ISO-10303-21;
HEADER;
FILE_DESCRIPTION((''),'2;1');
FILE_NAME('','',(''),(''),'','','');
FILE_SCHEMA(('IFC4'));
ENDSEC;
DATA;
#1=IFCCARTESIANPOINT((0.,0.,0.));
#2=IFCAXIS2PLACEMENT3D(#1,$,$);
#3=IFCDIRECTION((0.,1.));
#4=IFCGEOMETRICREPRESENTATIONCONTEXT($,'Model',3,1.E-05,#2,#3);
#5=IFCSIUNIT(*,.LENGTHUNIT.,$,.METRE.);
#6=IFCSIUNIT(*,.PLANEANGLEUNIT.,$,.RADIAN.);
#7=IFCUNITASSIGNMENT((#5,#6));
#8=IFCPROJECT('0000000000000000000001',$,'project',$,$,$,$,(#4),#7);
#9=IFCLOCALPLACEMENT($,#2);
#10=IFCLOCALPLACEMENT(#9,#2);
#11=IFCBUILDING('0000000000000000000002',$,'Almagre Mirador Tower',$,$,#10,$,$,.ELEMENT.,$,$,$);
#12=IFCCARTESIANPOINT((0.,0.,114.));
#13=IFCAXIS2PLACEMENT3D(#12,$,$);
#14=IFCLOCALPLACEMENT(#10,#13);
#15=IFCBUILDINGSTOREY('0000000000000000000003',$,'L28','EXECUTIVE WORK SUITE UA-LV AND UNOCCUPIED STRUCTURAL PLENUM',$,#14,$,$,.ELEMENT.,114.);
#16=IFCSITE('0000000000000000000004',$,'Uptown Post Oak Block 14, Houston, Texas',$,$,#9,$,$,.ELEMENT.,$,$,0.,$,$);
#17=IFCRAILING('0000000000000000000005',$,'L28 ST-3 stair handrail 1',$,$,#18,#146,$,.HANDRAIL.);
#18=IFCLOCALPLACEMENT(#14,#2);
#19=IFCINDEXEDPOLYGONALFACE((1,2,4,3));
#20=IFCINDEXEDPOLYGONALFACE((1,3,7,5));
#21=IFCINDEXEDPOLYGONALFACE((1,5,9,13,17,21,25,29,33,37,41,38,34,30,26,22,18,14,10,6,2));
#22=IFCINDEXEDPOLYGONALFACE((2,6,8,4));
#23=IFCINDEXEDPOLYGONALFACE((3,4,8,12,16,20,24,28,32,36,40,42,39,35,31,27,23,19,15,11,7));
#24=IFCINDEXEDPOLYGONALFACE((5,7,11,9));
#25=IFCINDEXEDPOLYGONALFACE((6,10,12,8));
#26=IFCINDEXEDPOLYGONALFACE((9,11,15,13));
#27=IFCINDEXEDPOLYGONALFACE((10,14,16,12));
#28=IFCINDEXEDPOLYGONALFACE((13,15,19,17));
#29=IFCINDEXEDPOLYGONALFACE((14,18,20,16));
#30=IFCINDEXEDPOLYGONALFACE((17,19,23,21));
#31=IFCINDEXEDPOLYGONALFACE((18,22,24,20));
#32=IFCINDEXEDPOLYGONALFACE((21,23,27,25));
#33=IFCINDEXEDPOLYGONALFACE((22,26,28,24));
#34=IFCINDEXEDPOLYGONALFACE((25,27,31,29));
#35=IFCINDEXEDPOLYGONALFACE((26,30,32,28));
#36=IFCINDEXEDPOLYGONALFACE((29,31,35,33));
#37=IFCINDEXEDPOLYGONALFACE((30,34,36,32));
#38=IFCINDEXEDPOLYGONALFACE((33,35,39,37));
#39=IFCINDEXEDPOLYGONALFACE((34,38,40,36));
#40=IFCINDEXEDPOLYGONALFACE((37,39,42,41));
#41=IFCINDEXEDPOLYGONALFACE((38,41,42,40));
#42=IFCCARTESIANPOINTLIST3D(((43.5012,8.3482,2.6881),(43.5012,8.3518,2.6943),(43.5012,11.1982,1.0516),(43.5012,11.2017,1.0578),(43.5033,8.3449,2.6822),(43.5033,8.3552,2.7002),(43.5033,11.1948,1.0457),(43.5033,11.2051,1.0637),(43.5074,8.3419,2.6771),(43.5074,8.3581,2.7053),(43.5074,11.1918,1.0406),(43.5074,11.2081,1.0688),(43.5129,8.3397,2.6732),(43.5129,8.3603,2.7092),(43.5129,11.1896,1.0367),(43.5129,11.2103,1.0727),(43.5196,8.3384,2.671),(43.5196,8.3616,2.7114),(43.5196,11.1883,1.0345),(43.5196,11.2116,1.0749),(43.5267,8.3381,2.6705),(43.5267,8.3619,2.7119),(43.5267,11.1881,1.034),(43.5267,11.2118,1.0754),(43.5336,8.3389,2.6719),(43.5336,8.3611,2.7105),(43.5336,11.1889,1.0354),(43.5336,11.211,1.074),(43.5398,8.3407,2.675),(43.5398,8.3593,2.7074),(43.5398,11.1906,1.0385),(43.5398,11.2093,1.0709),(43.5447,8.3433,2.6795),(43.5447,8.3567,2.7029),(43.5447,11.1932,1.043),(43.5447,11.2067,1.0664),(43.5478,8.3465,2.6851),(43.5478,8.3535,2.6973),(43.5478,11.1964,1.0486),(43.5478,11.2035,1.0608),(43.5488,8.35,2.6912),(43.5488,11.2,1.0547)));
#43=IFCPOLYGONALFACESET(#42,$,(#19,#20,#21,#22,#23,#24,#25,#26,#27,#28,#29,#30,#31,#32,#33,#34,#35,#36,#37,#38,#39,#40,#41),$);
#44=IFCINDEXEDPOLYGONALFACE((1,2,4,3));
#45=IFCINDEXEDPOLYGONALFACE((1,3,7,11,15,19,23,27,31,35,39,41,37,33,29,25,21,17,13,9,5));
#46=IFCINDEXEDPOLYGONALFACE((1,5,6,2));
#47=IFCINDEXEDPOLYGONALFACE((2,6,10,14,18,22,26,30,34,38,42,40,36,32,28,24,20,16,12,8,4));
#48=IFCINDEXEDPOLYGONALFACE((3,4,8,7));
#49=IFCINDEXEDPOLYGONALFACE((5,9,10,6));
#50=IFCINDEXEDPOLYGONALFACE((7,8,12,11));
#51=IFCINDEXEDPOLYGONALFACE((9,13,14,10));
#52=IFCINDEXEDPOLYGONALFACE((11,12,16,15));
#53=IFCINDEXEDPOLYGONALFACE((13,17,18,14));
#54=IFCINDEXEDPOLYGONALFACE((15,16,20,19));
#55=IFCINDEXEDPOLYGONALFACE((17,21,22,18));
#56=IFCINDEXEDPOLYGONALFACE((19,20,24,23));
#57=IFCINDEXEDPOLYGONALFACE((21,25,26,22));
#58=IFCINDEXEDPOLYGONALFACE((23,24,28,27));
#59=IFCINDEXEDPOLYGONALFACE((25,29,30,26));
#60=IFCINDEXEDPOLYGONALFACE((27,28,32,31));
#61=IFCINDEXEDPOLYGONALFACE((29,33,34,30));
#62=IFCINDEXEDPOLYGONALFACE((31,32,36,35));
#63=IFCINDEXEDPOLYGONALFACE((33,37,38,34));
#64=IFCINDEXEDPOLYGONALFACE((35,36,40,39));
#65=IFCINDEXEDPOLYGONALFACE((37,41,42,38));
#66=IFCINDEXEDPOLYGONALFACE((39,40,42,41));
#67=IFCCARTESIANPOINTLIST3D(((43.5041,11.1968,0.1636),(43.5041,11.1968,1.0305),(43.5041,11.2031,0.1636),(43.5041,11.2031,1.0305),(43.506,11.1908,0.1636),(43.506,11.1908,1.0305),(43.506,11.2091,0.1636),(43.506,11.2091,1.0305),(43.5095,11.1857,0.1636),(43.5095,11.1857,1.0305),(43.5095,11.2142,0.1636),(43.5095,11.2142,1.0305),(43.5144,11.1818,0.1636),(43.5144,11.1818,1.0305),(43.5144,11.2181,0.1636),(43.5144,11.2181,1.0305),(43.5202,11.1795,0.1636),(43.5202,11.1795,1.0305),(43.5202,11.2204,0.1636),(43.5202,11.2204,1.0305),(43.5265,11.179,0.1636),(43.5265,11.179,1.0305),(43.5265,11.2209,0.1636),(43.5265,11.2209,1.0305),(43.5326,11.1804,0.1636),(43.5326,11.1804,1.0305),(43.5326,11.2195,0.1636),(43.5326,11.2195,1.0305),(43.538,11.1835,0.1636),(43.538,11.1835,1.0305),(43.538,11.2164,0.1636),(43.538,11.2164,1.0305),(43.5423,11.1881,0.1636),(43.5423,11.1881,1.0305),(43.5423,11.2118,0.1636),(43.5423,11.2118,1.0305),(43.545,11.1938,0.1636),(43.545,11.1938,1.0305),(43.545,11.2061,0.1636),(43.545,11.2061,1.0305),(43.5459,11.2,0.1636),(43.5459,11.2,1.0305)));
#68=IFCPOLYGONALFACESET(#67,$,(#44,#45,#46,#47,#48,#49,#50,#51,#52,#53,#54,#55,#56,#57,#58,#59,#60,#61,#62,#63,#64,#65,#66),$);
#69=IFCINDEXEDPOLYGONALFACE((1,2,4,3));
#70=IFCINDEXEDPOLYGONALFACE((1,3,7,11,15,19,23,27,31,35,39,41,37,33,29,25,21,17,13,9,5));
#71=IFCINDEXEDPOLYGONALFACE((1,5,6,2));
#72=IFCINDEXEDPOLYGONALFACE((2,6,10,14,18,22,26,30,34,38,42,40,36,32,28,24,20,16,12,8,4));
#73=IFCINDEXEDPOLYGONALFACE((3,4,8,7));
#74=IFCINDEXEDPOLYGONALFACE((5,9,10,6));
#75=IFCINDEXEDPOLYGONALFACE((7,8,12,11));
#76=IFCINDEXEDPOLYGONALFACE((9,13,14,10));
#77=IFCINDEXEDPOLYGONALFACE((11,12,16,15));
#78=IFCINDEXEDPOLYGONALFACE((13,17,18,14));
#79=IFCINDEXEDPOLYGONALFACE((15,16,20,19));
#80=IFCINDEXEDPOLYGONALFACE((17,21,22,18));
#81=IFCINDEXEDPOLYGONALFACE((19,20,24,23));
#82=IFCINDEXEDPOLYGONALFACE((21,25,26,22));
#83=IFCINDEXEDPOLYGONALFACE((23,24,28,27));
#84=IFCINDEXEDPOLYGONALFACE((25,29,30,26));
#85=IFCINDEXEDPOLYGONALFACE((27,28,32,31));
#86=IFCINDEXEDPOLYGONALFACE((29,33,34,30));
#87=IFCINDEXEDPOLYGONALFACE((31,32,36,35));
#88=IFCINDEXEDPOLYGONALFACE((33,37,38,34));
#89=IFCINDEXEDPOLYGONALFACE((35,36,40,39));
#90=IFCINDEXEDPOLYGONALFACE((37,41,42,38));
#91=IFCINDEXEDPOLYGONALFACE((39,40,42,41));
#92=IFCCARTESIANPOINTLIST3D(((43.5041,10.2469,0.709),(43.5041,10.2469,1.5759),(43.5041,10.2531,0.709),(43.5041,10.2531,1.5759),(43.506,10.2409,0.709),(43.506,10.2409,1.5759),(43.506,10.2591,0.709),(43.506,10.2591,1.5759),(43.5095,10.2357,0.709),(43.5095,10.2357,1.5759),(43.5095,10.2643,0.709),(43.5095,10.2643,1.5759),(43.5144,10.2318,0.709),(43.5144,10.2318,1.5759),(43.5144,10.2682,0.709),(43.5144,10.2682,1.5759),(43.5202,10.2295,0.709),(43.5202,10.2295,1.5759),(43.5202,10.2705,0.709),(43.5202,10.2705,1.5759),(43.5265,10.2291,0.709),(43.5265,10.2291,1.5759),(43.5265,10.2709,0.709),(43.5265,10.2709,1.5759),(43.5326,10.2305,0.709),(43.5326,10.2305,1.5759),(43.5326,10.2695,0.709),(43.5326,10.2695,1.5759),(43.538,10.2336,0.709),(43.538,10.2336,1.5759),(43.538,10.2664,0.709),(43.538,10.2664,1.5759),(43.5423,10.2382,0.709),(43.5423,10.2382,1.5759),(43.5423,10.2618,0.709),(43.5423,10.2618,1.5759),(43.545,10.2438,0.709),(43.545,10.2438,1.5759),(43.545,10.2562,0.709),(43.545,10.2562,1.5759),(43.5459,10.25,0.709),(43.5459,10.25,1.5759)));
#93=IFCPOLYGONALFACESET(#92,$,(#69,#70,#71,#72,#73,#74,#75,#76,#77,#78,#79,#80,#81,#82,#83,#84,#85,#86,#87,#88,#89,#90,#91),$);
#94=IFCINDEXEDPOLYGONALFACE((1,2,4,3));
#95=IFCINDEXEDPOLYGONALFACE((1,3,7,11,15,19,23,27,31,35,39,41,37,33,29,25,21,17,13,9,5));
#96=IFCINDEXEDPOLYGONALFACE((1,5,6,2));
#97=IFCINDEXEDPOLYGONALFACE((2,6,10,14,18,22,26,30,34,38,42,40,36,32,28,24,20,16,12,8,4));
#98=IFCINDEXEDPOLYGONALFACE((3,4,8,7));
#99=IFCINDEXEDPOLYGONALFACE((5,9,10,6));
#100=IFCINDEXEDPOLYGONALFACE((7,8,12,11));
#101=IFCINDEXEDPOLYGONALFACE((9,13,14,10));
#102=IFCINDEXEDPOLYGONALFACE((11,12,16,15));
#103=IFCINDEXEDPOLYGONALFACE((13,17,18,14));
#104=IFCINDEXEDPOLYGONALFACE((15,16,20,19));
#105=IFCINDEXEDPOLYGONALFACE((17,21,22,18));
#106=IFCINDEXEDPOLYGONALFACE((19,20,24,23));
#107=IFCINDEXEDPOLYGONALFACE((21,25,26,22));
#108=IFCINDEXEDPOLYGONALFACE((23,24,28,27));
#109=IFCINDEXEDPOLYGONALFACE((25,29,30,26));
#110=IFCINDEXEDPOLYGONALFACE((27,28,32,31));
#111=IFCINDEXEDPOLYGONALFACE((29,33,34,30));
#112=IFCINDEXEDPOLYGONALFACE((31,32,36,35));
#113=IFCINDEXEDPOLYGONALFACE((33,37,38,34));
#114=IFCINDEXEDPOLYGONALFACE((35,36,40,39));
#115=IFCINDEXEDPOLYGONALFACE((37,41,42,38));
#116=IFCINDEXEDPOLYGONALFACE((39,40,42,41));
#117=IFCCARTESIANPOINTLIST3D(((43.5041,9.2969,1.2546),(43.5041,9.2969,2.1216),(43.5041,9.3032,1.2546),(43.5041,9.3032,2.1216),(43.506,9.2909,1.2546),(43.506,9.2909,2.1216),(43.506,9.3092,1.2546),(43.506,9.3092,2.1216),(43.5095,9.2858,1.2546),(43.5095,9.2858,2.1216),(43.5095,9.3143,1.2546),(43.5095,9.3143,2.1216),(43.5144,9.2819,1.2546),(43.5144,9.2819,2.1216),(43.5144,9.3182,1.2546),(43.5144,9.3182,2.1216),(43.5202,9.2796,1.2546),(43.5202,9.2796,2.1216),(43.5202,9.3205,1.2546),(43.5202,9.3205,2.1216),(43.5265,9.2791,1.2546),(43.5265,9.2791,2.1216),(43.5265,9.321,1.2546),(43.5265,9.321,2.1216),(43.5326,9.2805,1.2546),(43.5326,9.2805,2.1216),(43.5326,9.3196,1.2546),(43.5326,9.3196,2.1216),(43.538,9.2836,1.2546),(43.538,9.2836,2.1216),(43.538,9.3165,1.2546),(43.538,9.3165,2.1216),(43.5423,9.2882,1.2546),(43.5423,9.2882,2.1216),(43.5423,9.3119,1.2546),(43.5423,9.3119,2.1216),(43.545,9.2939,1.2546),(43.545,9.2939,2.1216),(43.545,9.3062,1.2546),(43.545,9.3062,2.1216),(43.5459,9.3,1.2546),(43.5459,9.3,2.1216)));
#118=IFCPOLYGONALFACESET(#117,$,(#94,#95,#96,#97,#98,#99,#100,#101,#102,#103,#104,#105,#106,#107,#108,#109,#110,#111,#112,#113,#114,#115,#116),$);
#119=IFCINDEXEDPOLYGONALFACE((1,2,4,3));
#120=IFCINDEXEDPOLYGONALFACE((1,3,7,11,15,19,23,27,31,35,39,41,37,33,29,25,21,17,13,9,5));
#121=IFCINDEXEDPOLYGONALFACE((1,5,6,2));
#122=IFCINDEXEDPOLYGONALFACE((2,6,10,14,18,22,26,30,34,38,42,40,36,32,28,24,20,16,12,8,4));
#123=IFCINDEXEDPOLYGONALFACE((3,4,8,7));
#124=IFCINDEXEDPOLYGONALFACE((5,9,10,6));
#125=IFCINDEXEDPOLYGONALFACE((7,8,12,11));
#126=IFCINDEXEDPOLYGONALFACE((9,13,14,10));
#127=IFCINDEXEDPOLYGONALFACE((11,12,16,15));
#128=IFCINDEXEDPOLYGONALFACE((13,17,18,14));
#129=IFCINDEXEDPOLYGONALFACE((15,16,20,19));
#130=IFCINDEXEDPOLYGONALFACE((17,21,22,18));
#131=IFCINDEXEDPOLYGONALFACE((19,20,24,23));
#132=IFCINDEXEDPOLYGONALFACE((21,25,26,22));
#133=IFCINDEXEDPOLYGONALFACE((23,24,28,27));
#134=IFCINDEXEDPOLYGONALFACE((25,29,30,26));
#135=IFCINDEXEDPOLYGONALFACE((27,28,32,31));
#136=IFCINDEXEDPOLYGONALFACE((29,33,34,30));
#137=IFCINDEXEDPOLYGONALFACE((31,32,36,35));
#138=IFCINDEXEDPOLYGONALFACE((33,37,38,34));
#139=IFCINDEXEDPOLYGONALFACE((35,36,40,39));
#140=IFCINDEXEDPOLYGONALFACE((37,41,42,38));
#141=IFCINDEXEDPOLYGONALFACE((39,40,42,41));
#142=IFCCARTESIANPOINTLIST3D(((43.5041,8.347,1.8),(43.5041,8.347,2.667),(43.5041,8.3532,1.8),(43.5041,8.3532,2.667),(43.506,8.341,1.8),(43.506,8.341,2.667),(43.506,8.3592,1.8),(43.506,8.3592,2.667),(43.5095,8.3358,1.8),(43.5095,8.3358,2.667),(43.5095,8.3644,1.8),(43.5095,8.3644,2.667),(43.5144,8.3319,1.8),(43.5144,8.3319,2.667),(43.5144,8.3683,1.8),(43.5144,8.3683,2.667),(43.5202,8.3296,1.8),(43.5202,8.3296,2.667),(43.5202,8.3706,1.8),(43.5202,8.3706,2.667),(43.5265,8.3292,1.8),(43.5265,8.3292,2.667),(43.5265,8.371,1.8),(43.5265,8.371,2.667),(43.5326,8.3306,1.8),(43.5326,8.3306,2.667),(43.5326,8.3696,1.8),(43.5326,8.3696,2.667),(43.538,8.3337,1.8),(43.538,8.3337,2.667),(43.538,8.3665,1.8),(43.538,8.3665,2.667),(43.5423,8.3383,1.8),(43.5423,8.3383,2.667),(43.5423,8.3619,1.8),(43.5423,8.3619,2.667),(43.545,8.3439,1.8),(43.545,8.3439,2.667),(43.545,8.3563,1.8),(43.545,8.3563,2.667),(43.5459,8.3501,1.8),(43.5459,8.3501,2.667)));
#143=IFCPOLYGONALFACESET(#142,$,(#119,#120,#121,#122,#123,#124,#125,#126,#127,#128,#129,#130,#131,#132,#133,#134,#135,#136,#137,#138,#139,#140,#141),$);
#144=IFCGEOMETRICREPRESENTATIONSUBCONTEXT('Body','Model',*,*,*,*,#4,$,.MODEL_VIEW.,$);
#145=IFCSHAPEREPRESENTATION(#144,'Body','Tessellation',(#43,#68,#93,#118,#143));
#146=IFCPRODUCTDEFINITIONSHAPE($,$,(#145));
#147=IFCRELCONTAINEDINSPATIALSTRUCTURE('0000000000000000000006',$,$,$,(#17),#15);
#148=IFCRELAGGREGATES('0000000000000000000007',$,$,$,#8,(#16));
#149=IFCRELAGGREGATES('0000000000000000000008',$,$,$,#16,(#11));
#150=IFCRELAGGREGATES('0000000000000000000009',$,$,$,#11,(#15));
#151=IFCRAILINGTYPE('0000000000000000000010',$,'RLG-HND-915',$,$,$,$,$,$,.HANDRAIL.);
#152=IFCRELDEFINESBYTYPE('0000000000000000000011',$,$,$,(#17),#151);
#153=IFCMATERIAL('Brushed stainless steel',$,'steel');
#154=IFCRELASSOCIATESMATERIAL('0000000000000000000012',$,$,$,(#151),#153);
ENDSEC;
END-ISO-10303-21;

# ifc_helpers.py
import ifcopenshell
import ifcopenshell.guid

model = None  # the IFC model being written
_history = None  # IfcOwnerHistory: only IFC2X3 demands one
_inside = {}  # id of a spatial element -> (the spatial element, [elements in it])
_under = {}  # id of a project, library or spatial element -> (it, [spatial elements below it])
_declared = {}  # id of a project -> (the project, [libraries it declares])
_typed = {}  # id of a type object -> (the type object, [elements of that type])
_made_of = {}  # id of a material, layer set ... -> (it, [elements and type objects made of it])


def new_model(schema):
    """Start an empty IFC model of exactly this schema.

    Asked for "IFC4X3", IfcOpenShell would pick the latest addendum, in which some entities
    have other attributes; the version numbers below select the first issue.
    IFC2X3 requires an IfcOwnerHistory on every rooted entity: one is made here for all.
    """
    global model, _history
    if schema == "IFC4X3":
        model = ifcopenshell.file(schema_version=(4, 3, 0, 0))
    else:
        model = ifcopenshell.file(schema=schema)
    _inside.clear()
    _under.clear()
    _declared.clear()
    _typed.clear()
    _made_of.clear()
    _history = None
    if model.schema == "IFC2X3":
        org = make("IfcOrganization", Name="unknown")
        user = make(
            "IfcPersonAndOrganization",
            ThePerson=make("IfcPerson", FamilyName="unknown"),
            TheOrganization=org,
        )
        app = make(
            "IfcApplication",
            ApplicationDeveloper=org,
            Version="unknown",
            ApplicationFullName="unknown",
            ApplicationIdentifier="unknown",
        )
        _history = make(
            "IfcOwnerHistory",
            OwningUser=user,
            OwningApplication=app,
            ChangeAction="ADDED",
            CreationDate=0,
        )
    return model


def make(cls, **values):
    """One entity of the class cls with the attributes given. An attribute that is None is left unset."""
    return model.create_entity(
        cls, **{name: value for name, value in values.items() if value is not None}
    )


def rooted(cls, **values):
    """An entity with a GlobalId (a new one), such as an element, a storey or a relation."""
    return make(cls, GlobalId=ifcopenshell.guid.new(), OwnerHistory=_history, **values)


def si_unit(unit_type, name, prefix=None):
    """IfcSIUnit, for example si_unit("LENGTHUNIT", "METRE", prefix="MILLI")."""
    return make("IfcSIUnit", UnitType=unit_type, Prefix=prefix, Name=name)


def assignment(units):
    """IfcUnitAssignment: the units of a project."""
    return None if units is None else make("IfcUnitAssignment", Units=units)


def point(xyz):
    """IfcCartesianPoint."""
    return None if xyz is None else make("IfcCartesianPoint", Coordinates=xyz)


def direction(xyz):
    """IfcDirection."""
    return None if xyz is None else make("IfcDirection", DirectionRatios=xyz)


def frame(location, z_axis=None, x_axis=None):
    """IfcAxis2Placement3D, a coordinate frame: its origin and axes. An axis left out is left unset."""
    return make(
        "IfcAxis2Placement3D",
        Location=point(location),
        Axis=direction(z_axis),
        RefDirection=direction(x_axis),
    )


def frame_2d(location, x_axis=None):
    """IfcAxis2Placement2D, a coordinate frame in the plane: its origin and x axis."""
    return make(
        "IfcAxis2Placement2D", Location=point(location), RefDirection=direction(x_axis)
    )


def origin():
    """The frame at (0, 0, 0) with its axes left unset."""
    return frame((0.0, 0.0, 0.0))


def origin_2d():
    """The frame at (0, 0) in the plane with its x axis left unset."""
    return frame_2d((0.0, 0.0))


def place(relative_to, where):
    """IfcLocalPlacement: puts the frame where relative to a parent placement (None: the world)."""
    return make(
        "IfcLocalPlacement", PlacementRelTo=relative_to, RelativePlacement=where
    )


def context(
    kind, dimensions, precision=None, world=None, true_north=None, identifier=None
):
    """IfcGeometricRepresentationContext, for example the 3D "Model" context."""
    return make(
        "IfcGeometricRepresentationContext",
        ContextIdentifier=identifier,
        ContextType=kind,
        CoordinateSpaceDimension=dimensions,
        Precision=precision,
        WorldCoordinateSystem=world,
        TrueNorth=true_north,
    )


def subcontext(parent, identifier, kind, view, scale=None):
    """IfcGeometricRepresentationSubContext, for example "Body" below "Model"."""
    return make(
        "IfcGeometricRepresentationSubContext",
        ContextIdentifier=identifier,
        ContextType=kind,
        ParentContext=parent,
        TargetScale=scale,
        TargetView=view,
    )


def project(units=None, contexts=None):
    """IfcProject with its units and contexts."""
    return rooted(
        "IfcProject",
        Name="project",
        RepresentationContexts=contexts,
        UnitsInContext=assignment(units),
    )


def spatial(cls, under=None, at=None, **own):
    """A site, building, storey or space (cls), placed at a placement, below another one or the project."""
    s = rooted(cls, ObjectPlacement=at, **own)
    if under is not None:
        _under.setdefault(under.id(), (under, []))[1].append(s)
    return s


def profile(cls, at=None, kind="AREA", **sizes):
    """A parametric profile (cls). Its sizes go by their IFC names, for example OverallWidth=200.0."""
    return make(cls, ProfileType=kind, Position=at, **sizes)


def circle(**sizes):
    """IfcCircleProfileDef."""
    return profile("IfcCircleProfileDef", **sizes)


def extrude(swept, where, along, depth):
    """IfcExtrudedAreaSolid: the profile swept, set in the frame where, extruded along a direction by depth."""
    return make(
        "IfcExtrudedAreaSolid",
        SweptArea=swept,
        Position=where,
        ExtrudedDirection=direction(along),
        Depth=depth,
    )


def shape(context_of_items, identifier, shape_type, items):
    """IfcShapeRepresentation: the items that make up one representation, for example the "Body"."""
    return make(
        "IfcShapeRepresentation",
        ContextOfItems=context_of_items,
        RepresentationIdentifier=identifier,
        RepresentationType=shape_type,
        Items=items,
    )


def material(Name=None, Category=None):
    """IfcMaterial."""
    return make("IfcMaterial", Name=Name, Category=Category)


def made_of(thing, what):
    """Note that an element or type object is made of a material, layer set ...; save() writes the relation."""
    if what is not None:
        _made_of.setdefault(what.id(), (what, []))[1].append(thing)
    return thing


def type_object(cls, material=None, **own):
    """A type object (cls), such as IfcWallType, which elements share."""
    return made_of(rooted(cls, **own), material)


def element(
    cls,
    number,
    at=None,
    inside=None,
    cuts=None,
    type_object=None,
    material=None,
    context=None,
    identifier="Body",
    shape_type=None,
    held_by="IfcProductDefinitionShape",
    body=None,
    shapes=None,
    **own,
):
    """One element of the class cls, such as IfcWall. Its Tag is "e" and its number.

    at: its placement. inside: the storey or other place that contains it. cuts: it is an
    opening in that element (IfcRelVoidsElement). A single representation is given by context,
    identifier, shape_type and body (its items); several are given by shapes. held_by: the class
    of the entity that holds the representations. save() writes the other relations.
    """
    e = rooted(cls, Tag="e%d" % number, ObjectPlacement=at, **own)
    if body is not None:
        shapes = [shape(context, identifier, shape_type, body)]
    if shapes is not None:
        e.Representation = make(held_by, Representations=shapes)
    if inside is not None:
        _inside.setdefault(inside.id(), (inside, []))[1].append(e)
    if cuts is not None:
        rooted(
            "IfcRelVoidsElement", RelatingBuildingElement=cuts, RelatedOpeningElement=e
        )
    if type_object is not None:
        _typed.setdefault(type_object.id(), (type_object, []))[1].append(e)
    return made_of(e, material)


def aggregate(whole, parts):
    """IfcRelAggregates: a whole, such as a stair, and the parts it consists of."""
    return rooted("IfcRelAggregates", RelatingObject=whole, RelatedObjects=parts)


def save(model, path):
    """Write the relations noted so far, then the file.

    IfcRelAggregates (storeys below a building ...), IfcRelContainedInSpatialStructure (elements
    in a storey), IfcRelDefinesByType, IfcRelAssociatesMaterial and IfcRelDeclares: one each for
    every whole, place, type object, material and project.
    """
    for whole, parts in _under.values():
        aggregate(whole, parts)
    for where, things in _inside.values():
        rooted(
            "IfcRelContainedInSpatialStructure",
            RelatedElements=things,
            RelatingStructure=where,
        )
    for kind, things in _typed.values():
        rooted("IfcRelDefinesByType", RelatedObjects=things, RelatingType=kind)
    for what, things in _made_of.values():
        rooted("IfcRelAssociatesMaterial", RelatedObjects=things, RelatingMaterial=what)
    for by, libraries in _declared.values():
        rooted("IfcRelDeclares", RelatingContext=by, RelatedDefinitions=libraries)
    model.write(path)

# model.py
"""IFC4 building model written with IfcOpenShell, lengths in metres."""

from ifc_helpers import new_model, si_unit, direction, frame, origin, origin_2d, place, context, subcontext, project, spatial, circle, extrude, material, type_object, element, save


model = new_model("IFC4")

# Units and contexts
model_context = context("Model", 3, precision=1e-05, world=origin(), true_north=direction((0.0, 1.0)))
body_context = subcontext(model_context, "Body", "Model", "MODEL_VIEW")
ifc_project = project(units=[si_unit("LENGTHUNIT", "METRE"), si_unit("PLANEANGLEUNIT", "RADIAN")], contexts=[model_context])

# Site, building, storey
site_placement = place(None, origin())
site = spatial("IfcSite", under=ifc_project, at=site_placement, Name="Uptown Post Oak Block 14, Houston, Texas", CompositionType="ELEMENT", RefElevation=0.0)
building_placement = place(site_placement, origin())
building = spatial("IfcBuilding", under=site, at=building_placement, Name="Almagre Mirador Tower", CompositionType="ELEMENT")
storey_placement = place(building_placement, frame((0.0, 0.0, 114.0)))
storey = spatial("IfcBuildingStorey", under=building, at=storey_placement, Name="L28", Description="EXECUTIVE WORK SUITE UA-LV AND UNOCCUPIED STRUCTURAL PLENUM", CompositionType="ELEMENT", Elevation=114.0)

# Railing
ifc_material_1 = material(Name="Brushed stainless steel", Category="steel")
railing_type_1 = type_object("IfcRailingType", Name="RLG-HND-915", PredefinedType="HANDRAIL", material=ifc_material_1)
railing_1_placement = place(storey_placement, frame((43.5249, 11.2, 0.1636)))
element("IfcRailing", 1, at=railing_1_placement, inside=storey, type_object=railing_type_1, Name="L28 ST-3 stair handrail 1", PredefinedType="HANDRAIL", context=body_context, shape_type="SweptSolid", body=[
    extrude(circle(Radius=0.0239, at=origin_2d()), frame((0.0, 0.0, 0.8911), z_axis=(0.0, -0.867194, 0.49797), x_axis=(1.0, 0.0, 0.0)), (0.0, 0.0, 1.0), 3.2864),
    extrude(circle(Radius=0.021, at=origin_2d()), origin(), (0.0, 0.0, 1.0), 0.8669),
    extrude(circle(Radius=0.021, at=origin_2d()), frame((0.0, -0.95, 0.5454)), (0.0, 0.0, 1.0), 0.8669),
    extrude(circle(Radius=0.021, at=origin_2d()), frame((0.0, -1.8999, 1.0911)), (0.0, 0.0, 1.0), 0.8669),
    extrude(circle(Radius=0.021, at=origin_2d()), frame((0.0, -2.8499, 1.6365)), (0.0, 0.0, 1.0), 0.8669),
])

save(model, "model.ifc")
